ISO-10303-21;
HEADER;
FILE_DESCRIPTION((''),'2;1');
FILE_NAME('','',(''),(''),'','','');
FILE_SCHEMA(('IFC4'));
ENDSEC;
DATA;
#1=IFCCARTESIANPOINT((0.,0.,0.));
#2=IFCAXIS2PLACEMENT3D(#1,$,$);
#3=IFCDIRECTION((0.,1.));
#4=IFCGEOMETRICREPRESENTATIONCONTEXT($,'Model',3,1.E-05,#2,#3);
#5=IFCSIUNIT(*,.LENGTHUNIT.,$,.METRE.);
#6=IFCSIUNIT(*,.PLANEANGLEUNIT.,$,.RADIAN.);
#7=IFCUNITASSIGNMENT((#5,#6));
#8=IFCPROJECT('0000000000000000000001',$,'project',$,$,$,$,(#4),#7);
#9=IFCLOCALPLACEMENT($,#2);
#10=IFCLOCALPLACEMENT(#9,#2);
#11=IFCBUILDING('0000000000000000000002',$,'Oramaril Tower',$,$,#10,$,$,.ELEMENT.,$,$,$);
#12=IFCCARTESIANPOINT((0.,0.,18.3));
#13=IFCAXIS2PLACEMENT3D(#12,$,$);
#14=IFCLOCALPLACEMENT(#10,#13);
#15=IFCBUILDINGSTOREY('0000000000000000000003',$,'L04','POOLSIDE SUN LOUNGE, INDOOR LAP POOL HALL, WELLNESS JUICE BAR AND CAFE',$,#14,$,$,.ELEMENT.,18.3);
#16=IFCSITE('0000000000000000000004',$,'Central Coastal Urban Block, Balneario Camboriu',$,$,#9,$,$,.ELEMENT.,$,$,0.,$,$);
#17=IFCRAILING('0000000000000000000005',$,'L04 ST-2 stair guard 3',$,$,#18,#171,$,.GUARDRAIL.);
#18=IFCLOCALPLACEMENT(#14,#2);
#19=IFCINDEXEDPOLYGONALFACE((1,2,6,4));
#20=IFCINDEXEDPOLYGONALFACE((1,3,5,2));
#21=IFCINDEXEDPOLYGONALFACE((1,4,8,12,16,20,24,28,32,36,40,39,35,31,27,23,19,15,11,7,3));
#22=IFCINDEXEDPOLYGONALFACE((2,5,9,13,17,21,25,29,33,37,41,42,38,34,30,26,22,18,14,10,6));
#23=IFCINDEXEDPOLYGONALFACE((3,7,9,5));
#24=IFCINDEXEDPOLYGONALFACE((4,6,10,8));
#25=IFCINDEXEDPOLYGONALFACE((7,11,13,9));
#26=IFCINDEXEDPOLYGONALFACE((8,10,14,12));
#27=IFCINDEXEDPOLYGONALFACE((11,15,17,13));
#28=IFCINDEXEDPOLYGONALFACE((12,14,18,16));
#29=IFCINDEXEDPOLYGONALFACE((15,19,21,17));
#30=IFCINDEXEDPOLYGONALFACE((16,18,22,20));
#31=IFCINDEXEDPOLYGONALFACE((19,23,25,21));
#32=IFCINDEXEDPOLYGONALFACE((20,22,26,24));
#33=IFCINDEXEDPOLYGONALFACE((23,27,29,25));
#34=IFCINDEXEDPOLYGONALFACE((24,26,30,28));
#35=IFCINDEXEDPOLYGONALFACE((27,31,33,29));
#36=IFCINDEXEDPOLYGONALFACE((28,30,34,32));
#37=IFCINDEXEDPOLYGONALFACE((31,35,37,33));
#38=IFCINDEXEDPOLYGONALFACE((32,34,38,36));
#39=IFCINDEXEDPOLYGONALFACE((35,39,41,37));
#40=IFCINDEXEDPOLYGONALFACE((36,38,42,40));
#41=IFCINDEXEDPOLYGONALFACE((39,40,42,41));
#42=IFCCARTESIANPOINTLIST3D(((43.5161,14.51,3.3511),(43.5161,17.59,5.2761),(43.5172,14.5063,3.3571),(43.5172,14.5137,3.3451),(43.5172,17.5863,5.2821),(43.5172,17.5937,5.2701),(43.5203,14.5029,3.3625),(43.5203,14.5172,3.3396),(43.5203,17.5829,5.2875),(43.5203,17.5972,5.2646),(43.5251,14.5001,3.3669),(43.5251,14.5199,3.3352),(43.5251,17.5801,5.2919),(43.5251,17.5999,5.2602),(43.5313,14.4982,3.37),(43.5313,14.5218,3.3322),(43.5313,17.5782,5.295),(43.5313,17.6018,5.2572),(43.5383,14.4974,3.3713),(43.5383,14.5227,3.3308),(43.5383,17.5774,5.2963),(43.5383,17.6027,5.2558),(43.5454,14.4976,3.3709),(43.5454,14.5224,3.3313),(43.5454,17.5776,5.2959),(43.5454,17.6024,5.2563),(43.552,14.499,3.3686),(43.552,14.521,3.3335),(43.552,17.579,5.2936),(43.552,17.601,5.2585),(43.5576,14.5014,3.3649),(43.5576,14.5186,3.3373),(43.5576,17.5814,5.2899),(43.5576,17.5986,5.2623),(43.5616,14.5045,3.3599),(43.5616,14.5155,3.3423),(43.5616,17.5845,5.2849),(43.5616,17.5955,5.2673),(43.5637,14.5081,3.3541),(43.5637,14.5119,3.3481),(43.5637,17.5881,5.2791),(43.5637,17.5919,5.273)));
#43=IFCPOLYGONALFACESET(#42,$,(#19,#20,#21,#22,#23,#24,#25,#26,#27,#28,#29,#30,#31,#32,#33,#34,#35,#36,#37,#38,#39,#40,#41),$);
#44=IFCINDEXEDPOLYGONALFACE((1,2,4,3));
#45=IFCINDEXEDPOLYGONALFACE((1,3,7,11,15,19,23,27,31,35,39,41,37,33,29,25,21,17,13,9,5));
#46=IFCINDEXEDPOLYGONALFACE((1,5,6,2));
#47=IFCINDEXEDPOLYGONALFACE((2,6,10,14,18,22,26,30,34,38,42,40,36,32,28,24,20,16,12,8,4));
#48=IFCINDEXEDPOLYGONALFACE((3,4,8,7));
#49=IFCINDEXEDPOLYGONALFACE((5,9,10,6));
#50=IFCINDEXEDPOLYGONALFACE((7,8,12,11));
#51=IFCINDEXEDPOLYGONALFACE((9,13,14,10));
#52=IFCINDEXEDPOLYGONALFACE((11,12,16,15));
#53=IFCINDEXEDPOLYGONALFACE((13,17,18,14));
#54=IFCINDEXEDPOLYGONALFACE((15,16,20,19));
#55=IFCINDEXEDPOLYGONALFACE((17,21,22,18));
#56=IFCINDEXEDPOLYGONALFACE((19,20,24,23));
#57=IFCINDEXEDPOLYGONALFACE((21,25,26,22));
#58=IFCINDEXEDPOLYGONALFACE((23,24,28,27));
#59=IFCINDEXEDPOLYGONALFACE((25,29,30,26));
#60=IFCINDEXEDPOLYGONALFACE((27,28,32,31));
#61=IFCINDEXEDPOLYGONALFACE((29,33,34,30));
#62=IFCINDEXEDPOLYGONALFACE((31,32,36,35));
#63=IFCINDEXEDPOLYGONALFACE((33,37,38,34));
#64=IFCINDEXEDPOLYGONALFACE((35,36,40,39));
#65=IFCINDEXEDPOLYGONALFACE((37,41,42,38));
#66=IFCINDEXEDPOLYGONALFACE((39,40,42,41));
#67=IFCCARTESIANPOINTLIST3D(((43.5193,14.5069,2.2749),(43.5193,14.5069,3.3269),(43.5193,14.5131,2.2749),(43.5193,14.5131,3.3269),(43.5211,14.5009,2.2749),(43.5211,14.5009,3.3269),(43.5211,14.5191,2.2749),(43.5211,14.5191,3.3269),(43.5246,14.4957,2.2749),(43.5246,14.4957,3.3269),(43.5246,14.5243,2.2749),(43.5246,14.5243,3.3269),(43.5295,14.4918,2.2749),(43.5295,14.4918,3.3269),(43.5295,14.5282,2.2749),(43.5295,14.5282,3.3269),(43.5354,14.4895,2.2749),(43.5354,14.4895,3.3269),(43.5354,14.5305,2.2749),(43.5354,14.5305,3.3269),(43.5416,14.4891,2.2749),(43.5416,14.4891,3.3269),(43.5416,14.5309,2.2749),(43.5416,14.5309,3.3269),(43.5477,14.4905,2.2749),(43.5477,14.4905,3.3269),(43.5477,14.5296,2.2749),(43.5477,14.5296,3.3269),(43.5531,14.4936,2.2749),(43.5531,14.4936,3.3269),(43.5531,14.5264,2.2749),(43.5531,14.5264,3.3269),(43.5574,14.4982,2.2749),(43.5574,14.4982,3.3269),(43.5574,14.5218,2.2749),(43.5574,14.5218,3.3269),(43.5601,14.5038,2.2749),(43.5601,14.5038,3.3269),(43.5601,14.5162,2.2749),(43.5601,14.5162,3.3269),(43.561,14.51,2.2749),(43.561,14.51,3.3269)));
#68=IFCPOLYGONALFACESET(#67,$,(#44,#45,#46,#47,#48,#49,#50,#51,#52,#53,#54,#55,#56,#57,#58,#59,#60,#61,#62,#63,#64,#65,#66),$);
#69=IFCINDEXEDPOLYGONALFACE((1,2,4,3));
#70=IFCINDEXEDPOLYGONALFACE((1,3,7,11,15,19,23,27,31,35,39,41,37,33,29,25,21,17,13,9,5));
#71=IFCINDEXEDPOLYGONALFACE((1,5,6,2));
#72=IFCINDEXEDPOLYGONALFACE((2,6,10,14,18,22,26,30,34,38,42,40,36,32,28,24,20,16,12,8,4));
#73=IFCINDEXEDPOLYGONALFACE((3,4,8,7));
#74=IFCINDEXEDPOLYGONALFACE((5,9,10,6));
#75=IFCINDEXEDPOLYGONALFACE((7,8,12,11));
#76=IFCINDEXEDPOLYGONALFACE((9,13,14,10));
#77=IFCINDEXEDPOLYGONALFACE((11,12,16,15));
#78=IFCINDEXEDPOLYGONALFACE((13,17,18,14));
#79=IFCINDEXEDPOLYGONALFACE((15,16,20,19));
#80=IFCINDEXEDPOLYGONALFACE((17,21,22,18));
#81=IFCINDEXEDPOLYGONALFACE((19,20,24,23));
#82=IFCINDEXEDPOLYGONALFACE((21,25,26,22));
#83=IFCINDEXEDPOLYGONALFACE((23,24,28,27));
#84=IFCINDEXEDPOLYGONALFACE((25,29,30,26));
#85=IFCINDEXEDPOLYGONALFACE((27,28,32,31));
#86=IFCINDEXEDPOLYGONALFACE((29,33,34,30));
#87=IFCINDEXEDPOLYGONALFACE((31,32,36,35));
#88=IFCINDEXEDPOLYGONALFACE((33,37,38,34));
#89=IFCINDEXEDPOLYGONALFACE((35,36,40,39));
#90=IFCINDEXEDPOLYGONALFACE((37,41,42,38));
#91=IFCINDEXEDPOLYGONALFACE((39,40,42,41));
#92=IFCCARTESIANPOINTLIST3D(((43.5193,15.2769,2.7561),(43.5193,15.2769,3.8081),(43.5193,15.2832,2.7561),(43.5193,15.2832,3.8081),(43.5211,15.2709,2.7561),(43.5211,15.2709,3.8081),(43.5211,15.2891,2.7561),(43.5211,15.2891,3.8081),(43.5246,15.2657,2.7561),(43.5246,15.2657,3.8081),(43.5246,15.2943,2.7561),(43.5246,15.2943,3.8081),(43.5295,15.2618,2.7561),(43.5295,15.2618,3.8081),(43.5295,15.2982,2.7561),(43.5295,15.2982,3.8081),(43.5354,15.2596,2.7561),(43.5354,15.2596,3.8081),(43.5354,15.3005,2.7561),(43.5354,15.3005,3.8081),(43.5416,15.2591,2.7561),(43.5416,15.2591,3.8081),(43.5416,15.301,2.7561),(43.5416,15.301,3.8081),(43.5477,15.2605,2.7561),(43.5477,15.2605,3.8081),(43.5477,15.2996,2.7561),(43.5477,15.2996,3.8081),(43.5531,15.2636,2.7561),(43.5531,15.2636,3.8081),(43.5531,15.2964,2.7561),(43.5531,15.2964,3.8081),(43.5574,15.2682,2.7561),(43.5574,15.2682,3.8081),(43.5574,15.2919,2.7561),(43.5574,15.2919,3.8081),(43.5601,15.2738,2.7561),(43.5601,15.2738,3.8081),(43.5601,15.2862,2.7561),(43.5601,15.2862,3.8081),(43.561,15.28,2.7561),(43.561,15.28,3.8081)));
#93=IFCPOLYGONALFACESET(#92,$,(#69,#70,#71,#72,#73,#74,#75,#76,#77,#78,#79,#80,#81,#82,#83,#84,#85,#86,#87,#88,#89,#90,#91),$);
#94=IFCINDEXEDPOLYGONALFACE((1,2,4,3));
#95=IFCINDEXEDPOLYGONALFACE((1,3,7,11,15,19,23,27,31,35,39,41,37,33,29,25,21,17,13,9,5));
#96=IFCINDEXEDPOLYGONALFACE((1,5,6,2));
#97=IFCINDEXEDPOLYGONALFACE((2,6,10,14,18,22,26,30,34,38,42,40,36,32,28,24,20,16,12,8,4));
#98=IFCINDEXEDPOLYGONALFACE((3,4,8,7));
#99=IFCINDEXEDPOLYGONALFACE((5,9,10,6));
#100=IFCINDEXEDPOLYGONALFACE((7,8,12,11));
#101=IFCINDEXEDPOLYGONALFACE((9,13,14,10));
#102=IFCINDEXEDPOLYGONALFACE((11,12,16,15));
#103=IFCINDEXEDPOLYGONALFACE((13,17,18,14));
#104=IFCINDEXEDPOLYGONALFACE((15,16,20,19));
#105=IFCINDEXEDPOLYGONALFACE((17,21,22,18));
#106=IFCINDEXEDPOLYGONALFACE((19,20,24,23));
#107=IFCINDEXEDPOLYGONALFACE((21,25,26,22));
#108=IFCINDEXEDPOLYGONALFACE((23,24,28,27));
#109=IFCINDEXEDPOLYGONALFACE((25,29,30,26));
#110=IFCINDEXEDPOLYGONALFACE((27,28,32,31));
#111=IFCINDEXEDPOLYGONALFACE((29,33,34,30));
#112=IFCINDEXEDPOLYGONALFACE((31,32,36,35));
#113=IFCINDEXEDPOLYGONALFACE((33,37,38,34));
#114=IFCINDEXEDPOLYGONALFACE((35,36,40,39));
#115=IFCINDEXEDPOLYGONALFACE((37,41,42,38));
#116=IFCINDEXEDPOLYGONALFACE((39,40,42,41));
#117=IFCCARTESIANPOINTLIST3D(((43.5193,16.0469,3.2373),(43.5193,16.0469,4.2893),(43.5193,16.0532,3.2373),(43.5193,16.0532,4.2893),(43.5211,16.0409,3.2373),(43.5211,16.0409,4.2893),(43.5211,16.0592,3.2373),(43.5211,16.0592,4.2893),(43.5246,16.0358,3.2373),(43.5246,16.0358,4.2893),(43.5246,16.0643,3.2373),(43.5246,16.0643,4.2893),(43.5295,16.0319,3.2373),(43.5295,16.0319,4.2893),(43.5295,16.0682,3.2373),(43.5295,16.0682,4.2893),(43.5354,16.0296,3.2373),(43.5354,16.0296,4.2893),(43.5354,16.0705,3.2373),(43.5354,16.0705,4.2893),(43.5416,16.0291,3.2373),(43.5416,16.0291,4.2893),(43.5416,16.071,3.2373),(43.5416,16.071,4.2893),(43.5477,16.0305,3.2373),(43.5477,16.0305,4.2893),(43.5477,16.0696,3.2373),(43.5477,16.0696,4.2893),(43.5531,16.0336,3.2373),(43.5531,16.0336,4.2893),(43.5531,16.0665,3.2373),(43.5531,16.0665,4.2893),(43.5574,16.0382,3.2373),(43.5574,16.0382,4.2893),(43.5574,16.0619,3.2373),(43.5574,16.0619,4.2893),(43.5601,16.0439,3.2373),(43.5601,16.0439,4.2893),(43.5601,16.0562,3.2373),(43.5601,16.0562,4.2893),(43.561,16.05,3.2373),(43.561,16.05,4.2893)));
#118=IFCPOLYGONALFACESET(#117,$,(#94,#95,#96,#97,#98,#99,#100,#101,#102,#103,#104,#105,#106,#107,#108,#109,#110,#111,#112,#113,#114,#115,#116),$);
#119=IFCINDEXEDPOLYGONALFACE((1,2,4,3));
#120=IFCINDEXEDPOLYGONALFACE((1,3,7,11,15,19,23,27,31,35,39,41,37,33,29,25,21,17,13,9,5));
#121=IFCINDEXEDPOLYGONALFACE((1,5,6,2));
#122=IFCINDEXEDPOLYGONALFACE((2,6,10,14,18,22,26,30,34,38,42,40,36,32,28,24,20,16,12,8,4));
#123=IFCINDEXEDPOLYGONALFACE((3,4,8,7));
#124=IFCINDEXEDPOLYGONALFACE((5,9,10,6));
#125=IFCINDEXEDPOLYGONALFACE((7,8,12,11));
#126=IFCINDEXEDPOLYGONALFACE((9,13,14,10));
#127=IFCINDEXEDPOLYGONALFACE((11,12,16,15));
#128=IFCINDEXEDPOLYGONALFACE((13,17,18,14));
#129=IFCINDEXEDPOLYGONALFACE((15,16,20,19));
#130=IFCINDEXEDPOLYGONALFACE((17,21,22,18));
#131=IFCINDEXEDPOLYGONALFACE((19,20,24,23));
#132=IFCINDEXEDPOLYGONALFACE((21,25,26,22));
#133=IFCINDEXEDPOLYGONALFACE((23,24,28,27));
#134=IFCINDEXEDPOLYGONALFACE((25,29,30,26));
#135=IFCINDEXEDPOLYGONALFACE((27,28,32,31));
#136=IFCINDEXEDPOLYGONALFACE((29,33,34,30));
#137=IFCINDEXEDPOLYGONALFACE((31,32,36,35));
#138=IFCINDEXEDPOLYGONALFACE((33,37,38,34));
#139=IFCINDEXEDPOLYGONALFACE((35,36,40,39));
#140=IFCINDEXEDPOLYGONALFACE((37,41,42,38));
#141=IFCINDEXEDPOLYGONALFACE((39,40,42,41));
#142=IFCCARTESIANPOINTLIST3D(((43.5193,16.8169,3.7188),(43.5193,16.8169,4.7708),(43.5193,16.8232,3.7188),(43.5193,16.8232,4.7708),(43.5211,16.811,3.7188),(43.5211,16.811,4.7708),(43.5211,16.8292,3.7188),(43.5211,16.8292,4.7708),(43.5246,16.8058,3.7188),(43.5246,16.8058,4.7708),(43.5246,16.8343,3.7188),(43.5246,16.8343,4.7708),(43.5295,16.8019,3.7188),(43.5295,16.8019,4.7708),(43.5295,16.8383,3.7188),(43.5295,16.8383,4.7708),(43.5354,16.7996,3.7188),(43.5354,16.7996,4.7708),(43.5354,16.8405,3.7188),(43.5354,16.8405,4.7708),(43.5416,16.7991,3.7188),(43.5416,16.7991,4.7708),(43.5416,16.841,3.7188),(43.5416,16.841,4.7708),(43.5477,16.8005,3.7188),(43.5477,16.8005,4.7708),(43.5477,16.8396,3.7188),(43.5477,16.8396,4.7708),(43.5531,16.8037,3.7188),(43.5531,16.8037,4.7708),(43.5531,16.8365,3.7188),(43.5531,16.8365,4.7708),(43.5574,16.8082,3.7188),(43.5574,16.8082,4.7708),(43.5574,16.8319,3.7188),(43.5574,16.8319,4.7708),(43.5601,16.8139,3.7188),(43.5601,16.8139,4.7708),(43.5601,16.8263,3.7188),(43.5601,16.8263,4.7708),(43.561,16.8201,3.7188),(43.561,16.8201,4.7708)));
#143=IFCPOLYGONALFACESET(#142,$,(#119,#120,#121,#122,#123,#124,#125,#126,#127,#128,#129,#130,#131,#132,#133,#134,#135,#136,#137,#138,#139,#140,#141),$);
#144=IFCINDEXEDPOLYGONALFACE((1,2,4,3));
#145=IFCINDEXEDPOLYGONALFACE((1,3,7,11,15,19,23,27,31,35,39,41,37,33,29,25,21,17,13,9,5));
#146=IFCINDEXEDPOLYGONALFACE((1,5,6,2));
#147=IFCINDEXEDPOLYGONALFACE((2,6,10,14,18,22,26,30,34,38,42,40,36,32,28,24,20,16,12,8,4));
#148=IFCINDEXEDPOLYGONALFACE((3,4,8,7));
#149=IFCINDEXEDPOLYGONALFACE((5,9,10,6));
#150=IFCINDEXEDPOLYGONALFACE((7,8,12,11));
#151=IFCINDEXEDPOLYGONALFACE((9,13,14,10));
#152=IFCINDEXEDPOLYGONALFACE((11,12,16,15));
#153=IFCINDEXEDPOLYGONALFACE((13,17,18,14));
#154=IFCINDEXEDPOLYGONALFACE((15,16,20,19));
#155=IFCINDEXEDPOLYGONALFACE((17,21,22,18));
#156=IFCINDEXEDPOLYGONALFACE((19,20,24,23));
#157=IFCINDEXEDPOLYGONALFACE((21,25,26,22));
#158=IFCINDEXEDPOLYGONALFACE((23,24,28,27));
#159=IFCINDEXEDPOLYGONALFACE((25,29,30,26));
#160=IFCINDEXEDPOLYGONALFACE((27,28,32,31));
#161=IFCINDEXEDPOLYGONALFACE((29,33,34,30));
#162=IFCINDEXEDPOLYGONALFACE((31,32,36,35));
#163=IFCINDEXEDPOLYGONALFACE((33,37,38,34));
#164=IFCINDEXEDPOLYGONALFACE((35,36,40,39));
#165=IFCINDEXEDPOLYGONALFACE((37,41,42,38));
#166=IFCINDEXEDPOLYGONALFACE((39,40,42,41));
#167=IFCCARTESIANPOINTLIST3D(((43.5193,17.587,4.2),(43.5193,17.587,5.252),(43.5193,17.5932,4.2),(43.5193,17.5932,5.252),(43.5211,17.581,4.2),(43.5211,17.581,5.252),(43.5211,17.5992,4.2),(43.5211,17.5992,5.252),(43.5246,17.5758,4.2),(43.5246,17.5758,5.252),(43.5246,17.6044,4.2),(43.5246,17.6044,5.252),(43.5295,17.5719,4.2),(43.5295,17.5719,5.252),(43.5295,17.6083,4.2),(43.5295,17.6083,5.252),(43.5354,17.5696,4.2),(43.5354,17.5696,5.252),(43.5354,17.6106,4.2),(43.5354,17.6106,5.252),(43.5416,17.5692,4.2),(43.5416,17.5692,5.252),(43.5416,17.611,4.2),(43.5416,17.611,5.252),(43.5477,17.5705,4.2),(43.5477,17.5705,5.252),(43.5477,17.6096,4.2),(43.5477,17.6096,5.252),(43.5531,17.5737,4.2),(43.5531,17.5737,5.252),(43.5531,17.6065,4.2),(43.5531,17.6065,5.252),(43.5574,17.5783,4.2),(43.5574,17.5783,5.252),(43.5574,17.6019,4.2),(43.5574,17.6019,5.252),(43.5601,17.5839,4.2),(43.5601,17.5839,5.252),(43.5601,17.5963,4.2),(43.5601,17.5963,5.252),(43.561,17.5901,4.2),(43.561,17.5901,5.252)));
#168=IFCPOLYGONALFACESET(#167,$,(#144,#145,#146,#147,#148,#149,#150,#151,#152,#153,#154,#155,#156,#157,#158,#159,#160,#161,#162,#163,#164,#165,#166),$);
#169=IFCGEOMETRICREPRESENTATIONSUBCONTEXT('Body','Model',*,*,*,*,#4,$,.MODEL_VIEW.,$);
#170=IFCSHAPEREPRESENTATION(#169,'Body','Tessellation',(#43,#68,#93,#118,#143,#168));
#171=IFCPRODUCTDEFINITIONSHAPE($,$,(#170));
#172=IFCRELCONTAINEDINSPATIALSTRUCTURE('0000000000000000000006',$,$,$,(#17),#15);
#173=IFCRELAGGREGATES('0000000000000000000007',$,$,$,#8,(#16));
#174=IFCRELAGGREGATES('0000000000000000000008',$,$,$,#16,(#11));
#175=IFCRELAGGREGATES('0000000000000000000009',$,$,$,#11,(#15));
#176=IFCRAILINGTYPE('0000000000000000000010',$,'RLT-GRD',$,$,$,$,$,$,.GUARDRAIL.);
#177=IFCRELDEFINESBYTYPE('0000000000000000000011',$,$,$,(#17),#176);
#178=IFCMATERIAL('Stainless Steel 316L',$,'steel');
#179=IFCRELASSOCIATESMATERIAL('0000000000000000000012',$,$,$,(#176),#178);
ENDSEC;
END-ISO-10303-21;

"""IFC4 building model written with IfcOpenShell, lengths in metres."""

from ifc_helpers import new_model, si_unit, direction, frame, origin, origin_2d, place, context, subcontext, project, spatial, circle, extrude, material, type_object, element, save


model = new_model("IFC4")

# Units and contexts
model_context = context("Model", 3, precision=1e-05, world=origin(), true_north=direction((0.0, 1.0)))
body_context = subcontext(model_context, "Body", "Model", "MODEL_VIEW")
ifc_project = project(units=[si_unit("LENGTHUNIT", "METRE"), si_unit("PLANEANGLEUNIT", "RADIAN")], contexts=[model_context])

# Site, building, storey
site_placement = place(None, origin())
site = spatial("IfcSite", under=ifc_project, at=site_placement, Name="Central Coastal Urban Block, Balneario Camboriu", CompositionType="ELEMENT", RefElevation=0.0)
building_placement = place(site_placement, origin())
building = spatial("IfcBuilding", under=site, at=building_placement, Name="Oramaril Tower", CompositionType="ELEMENT")
storey_placement = place(building_placement, frame((0.0, 0.0, 18.3)))
storey = spatial("IfcBuildingStorey", under=building, at=storey_placement, Name="L04", Description="POOLSIDE SUN LOUNGE, INDOOR LAP POOL HALL, WELLNESS JUICE BAR AND CAFE", CompositionType="ELEMENT", Elevation=18.3)

# Railing
ifc_material_1 = material(Name="Stainless Steel 316L", Category="steel")
railing_type_1 = type_object("IfcRailingType", Name="RLT-GRD", PredefinedType="GUARDRAIL", material=ifc_material_1)
railing_1_placement = place(storey_placement, frame((43.54, 14.51, 2.2749)))
element("IfcRailing", 1, at=railing_1_placement, inside=storey, type_object=railing_type_1, Name="L04 ST-2 stair guard 3", PredefinedType="GUARDRAIL", context=body_context, shape_type="SweptSolid", body=[
    extrude(circle(Radius=0.0239, at=origin_2d()), frame((0.0, 0.0, 1.0762), z_axis=(0.0, 0.847998, 0.529999), x_axis=(-1.0, 0.0, 0.0)), (0.0, 0.0, 1.0), 3.6321),
    extrude(circle(Radius=0.021, at=origin_2d()), origin(), (0.0, 0.0, 1.0), 1.052),
    extrude(circle(Radius=0.021, at=origin_2d()), frame((0.0, 0.77, 0.4812)), (0.0, 0.0, 1.0), 1.052),
    extrude(circle(Radius=0.021, at=origin_2d()), frame((0.0, 1.54, 0.9624)), (0.0, 0.0, 1.0), 1.052),
    extrude(circle(Radius=0.021, at=origin_2d()), frame((0.0, 2.3101, 1.4438)), (0.0, 0.0, 1.0), 1.052),
    extrude(circle(Radius=0.021, at=origin_2d()), frame((0.0, 3.0801, 1.925)), (0.0, 0.0, 1.0), 1.052),
])

save(model, "model.ifc")
